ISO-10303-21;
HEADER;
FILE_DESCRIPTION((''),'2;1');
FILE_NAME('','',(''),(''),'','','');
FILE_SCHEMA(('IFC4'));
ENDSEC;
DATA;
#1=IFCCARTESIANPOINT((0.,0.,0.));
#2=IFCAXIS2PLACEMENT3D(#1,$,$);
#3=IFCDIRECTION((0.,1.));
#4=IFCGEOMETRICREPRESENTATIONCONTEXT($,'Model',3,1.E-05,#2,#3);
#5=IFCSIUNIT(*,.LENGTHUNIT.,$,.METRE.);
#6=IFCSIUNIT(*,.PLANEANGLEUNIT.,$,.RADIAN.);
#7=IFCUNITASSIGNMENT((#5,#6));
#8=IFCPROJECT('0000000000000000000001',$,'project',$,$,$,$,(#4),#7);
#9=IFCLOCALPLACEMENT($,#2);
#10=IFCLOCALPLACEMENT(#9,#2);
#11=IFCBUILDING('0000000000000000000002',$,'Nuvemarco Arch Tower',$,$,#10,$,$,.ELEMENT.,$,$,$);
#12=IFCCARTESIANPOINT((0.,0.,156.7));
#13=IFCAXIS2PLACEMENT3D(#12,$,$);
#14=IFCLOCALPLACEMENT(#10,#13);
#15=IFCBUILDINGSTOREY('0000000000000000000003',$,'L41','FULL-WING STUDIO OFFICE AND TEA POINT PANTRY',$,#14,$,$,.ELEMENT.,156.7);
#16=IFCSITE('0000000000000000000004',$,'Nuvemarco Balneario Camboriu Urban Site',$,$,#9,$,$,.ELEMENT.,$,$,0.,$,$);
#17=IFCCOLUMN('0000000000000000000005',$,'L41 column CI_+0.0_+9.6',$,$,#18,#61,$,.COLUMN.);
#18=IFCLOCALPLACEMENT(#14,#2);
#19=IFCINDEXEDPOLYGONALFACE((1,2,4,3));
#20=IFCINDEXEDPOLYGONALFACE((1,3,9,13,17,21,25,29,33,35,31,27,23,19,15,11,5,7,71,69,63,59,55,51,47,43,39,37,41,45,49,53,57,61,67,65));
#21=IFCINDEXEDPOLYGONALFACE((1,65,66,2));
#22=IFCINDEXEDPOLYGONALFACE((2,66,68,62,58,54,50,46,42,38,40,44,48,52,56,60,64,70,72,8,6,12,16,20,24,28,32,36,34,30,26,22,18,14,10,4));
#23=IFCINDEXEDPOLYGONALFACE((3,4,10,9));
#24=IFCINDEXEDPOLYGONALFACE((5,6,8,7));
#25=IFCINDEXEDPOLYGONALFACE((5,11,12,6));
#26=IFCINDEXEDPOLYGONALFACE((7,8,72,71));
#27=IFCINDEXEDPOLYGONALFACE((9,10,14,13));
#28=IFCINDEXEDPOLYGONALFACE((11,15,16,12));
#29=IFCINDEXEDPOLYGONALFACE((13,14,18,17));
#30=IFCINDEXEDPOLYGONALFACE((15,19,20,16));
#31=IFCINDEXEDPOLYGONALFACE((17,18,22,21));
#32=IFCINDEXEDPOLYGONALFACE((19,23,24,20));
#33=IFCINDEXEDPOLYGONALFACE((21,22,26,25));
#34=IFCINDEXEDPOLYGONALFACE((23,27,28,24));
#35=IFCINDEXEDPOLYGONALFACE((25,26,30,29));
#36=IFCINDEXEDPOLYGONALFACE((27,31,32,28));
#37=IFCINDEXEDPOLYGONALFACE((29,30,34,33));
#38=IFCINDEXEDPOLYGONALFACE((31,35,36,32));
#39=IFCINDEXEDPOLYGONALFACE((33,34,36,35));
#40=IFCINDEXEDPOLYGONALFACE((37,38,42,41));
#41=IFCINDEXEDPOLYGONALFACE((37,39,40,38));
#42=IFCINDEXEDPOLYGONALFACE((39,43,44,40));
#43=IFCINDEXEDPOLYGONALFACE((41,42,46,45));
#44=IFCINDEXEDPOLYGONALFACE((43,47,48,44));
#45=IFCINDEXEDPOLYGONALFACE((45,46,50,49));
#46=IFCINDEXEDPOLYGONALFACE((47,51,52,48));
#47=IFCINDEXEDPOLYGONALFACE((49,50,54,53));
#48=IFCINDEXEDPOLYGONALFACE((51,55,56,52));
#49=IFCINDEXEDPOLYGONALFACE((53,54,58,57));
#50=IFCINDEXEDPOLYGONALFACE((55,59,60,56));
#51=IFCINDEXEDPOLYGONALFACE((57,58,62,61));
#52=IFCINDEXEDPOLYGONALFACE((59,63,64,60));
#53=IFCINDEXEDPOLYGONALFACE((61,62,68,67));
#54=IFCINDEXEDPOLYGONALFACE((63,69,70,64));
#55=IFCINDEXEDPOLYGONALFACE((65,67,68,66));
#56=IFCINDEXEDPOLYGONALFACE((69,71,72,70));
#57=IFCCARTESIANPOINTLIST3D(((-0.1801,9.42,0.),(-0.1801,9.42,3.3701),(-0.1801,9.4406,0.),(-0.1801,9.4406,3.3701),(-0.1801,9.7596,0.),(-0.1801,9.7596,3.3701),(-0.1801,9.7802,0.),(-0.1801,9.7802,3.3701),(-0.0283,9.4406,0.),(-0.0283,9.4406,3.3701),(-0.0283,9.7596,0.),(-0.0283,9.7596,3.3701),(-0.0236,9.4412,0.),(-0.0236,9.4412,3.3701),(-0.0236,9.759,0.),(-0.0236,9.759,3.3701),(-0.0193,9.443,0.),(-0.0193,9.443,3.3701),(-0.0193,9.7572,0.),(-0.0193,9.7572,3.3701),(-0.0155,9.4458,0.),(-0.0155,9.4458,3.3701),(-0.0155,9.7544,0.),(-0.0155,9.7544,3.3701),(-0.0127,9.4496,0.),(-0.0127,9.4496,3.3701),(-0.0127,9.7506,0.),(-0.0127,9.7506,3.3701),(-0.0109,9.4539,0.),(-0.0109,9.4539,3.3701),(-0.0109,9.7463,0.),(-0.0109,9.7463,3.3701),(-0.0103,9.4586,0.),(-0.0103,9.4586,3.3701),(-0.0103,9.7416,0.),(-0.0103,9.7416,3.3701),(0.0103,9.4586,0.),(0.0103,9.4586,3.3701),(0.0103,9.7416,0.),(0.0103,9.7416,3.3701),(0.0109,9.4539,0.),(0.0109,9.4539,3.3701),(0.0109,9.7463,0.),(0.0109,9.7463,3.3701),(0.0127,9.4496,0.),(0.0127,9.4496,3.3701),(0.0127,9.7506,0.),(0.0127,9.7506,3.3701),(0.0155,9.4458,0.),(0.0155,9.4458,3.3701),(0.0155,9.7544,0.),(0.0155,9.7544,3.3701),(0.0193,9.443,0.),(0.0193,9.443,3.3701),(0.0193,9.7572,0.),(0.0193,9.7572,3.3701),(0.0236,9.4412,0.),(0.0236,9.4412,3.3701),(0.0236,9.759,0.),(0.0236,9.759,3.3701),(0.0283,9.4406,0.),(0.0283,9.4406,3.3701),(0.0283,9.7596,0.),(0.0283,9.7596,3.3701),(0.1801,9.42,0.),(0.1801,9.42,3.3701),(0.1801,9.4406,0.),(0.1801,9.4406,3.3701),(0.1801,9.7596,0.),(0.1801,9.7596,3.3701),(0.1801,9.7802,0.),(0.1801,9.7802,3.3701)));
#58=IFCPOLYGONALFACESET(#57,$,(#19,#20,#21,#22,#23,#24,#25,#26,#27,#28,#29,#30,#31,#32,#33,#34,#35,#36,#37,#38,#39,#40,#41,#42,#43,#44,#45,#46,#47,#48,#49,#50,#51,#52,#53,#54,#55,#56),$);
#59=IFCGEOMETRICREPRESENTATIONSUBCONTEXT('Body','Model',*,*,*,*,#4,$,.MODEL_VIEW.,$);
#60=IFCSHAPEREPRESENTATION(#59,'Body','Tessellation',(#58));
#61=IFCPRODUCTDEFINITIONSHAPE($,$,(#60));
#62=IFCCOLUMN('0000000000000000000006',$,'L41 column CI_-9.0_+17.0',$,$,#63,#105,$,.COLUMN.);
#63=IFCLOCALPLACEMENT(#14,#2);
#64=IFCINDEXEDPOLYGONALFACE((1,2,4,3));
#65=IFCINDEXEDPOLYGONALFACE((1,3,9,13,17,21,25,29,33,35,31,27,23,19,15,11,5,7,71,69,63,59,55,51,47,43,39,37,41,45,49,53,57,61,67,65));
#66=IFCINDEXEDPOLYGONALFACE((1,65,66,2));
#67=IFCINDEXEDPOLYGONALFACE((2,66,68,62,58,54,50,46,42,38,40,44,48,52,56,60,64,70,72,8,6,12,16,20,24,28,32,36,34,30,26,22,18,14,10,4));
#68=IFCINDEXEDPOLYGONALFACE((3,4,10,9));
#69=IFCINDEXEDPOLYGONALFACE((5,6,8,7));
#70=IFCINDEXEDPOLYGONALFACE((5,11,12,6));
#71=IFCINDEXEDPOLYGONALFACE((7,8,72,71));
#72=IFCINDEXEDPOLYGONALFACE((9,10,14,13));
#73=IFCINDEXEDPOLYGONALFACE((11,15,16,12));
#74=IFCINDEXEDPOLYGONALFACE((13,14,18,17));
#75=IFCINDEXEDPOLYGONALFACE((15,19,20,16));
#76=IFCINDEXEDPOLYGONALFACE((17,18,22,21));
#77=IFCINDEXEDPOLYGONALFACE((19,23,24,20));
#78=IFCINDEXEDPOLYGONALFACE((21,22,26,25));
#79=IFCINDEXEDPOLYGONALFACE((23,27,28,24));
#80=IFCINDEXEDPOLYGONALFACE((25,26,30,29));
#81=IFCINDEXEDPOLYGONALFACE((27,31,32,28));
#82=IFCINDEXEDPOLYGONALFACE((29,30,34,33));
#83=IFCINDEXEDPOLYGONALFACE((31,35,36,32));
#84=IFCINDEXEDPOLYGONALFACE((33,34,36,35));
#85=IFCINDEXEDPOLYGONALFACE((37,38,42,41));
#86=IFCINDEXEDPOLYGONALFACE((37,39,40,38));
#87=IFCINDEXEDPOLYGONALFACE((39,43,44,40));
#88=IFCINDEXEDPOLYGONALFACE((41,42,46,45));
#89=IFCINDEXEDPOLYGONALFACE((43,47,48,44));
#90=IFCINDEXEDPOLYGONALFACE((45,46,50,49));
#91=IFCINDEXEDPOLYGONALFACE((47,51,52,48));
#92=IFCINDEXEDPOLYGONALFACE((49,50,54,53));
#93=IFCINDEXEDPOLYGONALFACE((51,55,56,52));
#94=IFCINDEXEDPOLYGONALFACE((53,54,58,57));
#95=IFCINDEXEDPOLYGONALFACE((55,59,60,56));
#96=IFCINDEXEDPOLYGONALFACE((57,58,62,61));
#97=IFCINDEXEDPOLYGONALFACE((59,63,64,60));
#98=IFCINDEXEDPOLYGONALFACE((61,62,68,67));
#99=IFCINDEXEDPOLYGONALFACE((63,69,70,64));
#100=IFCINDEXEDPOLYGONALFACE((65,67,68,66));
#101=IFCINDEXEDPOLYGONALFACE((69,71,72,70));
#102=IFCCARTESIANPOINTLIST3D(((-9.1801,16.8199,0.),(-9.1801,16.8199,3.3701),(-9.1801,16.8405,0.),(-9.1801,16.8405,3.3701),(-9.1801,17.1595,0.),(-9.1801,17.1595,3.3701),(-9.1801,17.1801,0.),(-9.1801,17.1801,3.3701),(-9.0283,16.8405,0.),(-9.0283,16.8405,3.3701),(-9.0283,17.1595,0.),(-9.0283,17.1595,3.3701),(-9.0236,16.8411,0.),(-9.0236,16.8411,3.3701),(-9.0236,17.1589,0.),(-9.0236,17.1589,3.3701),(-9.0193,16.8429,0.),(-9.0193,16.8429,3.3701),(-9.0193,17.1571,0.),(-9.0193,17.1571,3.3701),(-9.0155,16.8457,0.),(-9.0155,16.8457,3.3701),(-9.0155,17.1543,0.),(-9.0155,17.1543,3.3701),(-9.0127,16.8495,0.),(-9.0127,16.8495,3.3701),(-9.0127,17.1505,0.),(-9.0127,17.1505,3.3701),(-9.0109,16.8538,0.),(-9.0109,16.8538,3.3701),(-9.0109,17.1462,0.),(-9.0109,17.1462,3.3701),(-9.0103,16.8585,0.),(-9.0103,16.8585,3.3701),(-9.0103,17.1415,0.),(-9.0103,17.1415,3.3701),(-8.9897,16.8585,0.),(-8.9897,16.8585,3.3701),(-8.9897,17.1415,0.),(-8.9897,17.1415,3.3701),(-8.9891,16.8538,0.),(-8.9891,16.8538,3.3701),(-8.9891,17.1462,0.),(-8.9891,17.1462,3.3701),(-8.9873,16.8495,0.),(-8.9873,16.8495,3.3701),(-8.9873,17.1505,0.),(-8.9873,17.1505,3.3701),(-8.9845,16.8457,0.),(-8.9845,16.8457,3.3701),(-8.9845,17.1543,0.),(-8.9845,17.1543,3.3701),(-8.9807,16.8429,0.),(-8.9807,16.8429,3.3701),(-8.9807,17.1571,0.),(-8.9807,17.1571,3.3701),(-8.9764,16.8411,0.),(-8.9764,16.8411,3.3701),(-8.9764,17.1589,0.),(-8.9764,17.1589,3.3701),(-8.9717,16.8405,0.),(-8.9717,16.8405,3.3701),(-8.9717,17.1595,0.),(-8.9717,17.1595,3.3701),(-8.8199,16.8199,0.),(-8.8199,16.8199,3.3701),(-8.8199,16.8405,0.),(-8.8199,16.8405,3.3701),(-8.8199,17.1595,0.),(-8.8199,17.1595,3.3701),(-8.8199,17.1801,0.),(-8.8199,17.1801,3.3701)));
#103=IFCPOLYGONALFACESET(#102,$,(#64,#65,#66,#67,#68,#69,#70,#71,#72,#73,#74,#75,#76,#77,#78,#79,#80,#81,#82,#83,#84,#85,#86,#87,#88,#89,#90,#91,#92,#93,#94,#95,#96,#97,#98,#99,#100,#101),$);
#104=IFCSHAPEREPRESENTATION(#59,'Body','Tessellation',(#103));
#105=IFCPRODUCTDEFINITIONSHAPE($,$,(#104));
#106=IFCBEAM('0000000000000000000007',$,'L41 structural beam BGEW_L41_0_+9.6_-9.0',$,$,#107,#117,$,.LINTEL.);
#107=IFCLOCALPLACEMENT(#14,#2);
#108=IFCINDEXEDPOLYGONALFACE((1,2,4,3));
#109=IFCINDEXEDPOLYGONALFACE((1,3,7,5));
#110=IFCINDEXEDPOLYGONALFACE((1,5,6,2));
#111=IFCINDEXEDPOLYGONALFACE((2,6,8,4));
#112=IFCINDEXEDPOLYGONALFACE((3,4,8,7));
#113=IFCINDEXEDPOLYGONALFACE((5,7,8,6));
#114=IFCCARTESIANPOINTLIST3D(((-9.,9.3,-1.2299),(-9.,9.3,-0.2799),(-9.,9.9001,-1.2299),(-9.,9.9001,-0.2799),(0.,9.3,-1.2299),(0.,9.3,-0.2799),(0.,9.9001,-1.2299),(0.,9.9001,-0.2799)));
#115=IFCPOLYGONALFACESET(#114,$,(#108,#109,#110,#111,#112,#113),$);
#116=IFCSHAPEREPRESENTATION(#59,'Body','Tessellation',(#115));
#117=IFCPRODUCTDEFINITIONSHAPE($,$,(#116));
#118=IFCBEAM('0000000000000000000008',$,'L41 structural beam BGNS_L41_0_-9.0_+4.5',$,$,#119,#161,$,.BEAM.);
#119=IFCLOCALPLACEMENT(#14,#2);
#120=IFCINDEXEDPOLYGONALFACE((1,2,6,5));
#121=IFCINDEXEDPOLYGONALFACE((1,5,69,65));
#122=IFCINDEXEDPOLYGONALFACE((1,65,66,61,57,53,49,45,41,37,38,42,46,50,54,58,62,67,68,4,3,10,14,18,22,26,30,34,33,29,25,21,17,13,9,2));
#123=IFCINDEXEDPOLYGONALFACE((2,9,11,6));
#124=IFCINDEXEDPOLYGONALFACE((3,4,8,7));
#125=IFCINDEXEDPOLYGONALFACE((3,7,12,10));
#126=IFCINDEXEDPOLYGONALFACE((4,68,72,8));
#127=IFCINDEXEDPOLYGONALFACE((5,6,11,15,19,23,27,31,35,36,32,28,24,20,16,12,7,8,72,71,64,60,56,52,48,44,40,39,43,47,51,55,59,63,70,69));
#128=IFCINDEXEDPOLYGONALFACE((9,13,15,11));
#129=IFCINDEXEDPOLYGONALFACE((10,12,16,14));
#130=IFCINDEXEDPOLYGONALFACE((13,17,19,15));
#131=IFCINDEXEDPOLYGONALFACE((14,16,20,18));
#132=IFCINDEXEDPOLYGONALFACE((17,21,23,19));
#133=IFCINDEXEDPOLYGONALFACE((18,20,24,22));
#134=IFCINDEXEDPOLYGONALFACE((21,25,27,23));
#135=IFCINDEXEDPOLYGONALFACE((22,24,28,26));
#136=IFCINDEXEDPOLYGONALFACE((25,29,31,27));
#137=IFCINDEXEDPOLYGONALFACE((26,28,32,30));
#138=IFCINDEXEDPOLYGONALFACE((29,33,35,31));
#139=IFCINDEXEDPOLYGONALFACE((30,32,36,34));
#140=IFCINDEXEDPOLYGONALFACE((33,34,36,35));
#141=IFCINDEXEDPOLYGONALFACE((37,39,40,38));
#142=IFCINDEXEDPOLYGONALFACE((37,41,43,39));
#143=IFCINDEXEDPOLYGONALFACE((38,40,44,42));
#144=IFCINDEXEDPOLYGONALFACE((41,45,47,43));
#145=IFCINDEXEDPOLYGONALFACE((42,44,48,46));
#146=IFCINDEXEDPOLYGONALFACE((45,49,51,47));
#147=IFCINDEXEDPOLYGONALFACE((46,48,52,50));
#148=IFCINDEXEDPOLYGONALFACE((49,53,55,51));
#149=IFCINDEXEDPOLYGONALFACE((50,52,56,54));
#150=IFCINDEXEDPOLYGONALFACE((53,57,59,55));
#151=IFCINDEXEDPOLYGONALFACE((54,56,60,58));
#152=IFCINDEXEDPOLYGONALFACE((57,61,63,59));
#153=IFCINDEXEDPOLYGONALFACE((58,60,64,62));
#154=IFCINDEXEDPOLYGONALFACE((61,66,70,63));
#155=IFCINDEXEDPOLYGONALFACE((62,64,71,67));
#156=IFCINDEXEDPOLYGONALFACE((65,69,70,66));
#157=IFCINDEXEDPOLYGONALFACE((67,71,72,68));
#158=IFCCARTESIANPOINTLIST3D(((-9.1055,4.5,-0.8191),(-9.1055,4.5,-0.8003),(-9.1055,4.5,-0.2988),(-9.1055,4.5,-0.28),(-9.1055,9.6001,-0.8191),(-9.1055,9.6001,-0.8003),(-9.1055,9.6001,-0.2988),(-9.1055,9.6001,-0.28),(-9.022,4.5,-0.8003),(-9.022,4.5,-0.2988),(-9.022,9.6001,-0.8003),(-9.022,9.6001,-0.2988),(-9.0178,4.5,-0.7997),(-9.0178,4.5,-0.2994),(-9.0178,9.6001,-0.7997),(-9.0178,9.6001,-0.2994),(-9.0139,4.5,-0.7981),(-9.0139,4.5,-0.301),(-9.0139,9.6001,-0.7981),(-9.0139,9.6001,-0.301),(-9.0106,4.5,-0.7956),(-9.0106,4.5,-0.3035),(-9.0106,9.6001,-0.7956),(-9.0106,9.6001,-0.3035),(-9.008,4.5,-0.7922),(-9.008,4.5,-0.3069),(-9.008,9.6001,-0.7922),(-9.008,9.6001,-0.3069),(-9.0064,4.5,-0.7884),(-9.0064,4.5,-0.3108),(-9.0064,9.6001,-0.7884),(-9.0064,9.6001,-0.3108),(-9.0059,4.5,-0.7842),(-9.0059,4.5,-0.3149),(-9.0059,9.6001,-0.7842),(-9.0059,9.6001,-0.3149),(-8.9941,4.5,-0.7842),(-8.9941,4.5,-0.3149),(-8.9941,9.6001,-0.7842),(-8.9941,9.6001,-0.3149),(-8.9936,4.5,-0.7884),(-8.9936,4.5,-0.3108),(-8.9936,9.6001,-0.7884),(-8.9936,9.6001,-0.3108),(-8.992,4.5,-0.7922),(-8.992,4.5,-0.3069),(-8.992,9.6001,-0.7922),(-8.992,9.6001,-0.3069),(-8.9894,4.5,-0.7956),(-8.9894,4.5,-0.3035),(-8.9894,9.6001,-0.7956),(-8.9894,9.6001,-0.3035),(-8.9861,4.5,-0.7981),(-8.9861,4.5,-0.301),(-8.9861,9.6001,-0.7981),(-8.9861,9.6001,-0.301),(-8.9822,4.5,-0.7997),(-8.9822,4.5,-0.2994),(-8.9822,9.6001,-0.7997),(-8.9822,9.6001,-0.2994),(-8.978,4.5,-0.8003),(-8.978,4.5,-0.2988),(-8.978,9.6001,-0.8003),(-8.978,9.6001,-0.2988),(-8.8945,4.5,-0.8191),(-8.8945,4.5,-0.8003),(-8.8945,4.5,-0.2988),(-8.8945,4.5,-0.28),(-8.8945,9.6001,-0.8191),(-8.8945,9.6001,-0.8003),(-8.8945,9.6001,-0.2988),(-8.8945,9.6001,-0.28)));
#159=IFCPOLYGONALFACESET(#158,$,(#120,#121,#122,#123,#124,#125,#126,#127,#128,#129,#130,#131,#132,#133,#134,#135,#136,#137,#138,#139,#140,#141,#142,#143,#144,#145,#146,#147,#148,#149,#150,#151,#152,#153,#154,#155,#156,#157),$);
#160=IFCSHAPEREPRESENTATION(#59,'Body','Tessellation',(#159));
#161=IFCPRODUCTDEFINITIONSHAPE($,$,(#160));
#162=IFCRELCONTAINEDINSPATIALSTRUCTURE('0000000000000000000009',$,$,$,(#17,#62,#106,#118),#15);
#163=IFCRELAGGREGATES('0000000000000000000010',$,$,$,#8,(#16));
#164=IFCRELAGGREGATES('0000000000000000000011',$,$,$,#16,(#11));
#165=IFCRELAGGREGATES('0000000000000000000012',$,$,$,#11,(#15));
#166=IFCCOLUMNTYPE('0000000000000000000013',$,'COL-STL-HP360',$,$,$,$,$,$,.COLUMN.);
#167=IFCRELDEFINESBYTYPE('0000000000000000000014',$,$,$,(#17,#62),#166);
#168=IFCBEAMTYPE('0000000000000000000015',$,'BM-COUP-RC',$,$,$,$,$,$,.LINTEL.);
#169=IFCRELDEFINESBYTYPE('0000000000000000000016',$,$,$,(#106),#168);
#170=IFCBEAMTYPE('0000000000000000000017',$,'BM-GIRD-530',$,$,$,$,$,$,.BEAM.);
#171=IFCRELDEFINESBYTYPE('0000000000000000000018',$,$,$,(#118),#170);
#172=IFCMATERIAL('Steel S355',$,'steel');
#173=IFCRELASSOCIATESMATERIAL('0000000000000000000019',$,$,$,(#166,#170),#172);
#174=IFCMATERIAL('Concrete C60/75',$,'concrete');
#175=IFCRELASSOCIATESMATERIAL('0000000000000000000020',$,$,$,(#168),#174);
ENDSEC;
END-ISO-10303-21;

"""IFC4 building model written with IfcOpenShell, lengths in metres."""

from ifc_helpers import new_model, si_unit, direction, frame, origin, origin_2d, place, context, subcontext, project, spatial, rectangle, i_section, extrude, material, material_profile, profile_set, type_object, element, save


model = new_model("IFC4")

# Units and contexts
model_context = context("Model", 3, precision=1e-05, world=origin(), true_north=direction((0.0, 1.0)))
body_context = subcontext(model_context, "Body", "Model", "MODEL_VIEW")
ifc_project = project(units=[si_unit("LENGTHUNIT", "METRE"), si_unit("PLANEANGLEUNIT", "RADIAN")], contexts=[model_context])

# Site, building, storey
site_placement = place(None, origin())
site = spatial("IfcSite", under=ifc_project, at=site_placement, Name="Nuvemarco Balneario Camboriu Urban Site", CompositionType="ELEMENT", RefElevation=0.0)
building_placement = place(site_placement, origin())
building = spatial("IfcBuilding", under=site, at=building_placement, Name="Nuvemarco Arch Tower", CompositionType="ELEMENT")
storey_placement = place(building_placement, frame((0.0, 0.0, 156.7)))
storey = spatial("IfcBuildingStorey", under=building, at=storey_placement, Name="L41", Description="FULL-WING STUDIO OFFICE AND TEA POINT PANTRY", CompositionType="ELEMENT", Elevation=156.7)

# Columns
ifc_material_1 = material(Name="Steel S355", Category="steel")
ifc_material_profile_1 = material_profile(ifc_material_1, i_section(OverallWidth=0.3601, OverallDepth=0.3601, WebThickness=0.0205, FlangeThickness=0.0205, FilletRadius=0.0181, at=origin_2d()), Name="HP360x174")
ifc_profile_set_1 = profile_set([ifc_material_profile_1], Name="Steel S355")
column_type_1 = type_object("IfcColumnType", Name="COL-STL-HP360", PredefinedType="COLUMN", material=ifc_profile_set_1)
for number, where, z_axis, x_axis, name in (
    (1, (0.0, 9.6001, 0.0), (0.0, 0.0, 1.0), (1.0, 0.0, 0.0), "L41 column CI_+0.0_+9.6"),
    (2, (-9.0, 17.0, 0.0), (0.0, 0.0, 1.0), (1.0, 0.0, 0.0), "L41 column CI_-9.0_+17.0"),
):
    element("IfcColumn", number, at=place(storey_placement, frame(where, z_axis=z_axis, x_axis=x_axis)), inside=storey, type_object=column_type_1, Name=name, PredefinedType="COLUMN", context=body_context, shape_type="SweptSolid", body=[
        extrude(i_section(OverallWidth=0.3601, OverallDepth=0.3601, WebThickness=0.0205, FlangeThickness=0.0205, FilletRadius=0.0181, at=origin_2d()), origin(), (0.0, 0.0, 1.0), 3.3701),
    ])

# Beams
ifc_material_2 = material(Name="Concrete C60/75", Category="concrete")
ifc_material_profile_2 = material_profile(ifc_material_2, rectangle(XDim=0.6001, YDim=0.95, at=origin_2d()), Name="RC-BM-600x950")
ifc_profile_set_2 = profile_set([ifc_material_profile_2], Name="Concrete C60/75")
beam_type_1 = type_object("IfcBeamType", Name="BM-COUP-RC", PredefinedType="LINTEL", material=ifc_profile_set_2)
beam_1_placement = place(storey_placement, frame((-9.0, 9.6001, -0.7549), z_axis=(1.0, 0.0, 0.0), x_axis=(0.0, 1.0, 0.0)))
element("IfcBeam", 3, at=beam_1_placement, inside=storey, type_object=beam_type_1, Name="L41 structural beam BGEW_L41_0_+9.6_-9.0", PredefinedType="LINTEL", context=body_context, shape_type="SweptSolid", body=[
    extrude(rectangle(XDim=0.6001, YDim=0.95, at=origin_2d()), origin(), (0.0, 0.0, 1.0), 9.0),
])
ifc_material_profile_3 = material_profile(ifc_material_1, i_section(OverallWidth=0.2109, OverallDepth=0.5391, WebThickness=0.0117, FlangeThickness=0.0188, FilletRadius=0.0161, at=origin_2d()), Name="W530x109")
ifc_profile_set_3 = profile_set([ifc_material_profile_3], Name="Steel S355")
beam_type_2 = type_object("IfcBeamType", Name="BM-GIRD-530", PredefinedType="BEAM", material=ifc_profile_set_3)
beam_2_placement = place(storey_placement, frame((-9.0, 4.5, -0.5496), z_axis=(0.0, 1.0, 0.0), x_axis=(-1.0, 0.0, 0.0)))
element("IfcBeam", 4, at=beam_2_placement, inside=storey, type_object=beam_type_2, Name="L41 structural beam BGNS_L41_0_-9.0_+4.5", PredefinedType="BEAM", context=body_context, shape_type="SweptSolid", body=[
    extrude(i_section(OverallWidth=0.2109, OverallDepth=0.5391, WebThickness=0.0117, FlangeThickness=0.0188, FilletRadius=0.0161, at=origin_2d()), origin(), (0.0, 0.0, 1.0), 5.1001),
])

save(model, "model.ifc")
